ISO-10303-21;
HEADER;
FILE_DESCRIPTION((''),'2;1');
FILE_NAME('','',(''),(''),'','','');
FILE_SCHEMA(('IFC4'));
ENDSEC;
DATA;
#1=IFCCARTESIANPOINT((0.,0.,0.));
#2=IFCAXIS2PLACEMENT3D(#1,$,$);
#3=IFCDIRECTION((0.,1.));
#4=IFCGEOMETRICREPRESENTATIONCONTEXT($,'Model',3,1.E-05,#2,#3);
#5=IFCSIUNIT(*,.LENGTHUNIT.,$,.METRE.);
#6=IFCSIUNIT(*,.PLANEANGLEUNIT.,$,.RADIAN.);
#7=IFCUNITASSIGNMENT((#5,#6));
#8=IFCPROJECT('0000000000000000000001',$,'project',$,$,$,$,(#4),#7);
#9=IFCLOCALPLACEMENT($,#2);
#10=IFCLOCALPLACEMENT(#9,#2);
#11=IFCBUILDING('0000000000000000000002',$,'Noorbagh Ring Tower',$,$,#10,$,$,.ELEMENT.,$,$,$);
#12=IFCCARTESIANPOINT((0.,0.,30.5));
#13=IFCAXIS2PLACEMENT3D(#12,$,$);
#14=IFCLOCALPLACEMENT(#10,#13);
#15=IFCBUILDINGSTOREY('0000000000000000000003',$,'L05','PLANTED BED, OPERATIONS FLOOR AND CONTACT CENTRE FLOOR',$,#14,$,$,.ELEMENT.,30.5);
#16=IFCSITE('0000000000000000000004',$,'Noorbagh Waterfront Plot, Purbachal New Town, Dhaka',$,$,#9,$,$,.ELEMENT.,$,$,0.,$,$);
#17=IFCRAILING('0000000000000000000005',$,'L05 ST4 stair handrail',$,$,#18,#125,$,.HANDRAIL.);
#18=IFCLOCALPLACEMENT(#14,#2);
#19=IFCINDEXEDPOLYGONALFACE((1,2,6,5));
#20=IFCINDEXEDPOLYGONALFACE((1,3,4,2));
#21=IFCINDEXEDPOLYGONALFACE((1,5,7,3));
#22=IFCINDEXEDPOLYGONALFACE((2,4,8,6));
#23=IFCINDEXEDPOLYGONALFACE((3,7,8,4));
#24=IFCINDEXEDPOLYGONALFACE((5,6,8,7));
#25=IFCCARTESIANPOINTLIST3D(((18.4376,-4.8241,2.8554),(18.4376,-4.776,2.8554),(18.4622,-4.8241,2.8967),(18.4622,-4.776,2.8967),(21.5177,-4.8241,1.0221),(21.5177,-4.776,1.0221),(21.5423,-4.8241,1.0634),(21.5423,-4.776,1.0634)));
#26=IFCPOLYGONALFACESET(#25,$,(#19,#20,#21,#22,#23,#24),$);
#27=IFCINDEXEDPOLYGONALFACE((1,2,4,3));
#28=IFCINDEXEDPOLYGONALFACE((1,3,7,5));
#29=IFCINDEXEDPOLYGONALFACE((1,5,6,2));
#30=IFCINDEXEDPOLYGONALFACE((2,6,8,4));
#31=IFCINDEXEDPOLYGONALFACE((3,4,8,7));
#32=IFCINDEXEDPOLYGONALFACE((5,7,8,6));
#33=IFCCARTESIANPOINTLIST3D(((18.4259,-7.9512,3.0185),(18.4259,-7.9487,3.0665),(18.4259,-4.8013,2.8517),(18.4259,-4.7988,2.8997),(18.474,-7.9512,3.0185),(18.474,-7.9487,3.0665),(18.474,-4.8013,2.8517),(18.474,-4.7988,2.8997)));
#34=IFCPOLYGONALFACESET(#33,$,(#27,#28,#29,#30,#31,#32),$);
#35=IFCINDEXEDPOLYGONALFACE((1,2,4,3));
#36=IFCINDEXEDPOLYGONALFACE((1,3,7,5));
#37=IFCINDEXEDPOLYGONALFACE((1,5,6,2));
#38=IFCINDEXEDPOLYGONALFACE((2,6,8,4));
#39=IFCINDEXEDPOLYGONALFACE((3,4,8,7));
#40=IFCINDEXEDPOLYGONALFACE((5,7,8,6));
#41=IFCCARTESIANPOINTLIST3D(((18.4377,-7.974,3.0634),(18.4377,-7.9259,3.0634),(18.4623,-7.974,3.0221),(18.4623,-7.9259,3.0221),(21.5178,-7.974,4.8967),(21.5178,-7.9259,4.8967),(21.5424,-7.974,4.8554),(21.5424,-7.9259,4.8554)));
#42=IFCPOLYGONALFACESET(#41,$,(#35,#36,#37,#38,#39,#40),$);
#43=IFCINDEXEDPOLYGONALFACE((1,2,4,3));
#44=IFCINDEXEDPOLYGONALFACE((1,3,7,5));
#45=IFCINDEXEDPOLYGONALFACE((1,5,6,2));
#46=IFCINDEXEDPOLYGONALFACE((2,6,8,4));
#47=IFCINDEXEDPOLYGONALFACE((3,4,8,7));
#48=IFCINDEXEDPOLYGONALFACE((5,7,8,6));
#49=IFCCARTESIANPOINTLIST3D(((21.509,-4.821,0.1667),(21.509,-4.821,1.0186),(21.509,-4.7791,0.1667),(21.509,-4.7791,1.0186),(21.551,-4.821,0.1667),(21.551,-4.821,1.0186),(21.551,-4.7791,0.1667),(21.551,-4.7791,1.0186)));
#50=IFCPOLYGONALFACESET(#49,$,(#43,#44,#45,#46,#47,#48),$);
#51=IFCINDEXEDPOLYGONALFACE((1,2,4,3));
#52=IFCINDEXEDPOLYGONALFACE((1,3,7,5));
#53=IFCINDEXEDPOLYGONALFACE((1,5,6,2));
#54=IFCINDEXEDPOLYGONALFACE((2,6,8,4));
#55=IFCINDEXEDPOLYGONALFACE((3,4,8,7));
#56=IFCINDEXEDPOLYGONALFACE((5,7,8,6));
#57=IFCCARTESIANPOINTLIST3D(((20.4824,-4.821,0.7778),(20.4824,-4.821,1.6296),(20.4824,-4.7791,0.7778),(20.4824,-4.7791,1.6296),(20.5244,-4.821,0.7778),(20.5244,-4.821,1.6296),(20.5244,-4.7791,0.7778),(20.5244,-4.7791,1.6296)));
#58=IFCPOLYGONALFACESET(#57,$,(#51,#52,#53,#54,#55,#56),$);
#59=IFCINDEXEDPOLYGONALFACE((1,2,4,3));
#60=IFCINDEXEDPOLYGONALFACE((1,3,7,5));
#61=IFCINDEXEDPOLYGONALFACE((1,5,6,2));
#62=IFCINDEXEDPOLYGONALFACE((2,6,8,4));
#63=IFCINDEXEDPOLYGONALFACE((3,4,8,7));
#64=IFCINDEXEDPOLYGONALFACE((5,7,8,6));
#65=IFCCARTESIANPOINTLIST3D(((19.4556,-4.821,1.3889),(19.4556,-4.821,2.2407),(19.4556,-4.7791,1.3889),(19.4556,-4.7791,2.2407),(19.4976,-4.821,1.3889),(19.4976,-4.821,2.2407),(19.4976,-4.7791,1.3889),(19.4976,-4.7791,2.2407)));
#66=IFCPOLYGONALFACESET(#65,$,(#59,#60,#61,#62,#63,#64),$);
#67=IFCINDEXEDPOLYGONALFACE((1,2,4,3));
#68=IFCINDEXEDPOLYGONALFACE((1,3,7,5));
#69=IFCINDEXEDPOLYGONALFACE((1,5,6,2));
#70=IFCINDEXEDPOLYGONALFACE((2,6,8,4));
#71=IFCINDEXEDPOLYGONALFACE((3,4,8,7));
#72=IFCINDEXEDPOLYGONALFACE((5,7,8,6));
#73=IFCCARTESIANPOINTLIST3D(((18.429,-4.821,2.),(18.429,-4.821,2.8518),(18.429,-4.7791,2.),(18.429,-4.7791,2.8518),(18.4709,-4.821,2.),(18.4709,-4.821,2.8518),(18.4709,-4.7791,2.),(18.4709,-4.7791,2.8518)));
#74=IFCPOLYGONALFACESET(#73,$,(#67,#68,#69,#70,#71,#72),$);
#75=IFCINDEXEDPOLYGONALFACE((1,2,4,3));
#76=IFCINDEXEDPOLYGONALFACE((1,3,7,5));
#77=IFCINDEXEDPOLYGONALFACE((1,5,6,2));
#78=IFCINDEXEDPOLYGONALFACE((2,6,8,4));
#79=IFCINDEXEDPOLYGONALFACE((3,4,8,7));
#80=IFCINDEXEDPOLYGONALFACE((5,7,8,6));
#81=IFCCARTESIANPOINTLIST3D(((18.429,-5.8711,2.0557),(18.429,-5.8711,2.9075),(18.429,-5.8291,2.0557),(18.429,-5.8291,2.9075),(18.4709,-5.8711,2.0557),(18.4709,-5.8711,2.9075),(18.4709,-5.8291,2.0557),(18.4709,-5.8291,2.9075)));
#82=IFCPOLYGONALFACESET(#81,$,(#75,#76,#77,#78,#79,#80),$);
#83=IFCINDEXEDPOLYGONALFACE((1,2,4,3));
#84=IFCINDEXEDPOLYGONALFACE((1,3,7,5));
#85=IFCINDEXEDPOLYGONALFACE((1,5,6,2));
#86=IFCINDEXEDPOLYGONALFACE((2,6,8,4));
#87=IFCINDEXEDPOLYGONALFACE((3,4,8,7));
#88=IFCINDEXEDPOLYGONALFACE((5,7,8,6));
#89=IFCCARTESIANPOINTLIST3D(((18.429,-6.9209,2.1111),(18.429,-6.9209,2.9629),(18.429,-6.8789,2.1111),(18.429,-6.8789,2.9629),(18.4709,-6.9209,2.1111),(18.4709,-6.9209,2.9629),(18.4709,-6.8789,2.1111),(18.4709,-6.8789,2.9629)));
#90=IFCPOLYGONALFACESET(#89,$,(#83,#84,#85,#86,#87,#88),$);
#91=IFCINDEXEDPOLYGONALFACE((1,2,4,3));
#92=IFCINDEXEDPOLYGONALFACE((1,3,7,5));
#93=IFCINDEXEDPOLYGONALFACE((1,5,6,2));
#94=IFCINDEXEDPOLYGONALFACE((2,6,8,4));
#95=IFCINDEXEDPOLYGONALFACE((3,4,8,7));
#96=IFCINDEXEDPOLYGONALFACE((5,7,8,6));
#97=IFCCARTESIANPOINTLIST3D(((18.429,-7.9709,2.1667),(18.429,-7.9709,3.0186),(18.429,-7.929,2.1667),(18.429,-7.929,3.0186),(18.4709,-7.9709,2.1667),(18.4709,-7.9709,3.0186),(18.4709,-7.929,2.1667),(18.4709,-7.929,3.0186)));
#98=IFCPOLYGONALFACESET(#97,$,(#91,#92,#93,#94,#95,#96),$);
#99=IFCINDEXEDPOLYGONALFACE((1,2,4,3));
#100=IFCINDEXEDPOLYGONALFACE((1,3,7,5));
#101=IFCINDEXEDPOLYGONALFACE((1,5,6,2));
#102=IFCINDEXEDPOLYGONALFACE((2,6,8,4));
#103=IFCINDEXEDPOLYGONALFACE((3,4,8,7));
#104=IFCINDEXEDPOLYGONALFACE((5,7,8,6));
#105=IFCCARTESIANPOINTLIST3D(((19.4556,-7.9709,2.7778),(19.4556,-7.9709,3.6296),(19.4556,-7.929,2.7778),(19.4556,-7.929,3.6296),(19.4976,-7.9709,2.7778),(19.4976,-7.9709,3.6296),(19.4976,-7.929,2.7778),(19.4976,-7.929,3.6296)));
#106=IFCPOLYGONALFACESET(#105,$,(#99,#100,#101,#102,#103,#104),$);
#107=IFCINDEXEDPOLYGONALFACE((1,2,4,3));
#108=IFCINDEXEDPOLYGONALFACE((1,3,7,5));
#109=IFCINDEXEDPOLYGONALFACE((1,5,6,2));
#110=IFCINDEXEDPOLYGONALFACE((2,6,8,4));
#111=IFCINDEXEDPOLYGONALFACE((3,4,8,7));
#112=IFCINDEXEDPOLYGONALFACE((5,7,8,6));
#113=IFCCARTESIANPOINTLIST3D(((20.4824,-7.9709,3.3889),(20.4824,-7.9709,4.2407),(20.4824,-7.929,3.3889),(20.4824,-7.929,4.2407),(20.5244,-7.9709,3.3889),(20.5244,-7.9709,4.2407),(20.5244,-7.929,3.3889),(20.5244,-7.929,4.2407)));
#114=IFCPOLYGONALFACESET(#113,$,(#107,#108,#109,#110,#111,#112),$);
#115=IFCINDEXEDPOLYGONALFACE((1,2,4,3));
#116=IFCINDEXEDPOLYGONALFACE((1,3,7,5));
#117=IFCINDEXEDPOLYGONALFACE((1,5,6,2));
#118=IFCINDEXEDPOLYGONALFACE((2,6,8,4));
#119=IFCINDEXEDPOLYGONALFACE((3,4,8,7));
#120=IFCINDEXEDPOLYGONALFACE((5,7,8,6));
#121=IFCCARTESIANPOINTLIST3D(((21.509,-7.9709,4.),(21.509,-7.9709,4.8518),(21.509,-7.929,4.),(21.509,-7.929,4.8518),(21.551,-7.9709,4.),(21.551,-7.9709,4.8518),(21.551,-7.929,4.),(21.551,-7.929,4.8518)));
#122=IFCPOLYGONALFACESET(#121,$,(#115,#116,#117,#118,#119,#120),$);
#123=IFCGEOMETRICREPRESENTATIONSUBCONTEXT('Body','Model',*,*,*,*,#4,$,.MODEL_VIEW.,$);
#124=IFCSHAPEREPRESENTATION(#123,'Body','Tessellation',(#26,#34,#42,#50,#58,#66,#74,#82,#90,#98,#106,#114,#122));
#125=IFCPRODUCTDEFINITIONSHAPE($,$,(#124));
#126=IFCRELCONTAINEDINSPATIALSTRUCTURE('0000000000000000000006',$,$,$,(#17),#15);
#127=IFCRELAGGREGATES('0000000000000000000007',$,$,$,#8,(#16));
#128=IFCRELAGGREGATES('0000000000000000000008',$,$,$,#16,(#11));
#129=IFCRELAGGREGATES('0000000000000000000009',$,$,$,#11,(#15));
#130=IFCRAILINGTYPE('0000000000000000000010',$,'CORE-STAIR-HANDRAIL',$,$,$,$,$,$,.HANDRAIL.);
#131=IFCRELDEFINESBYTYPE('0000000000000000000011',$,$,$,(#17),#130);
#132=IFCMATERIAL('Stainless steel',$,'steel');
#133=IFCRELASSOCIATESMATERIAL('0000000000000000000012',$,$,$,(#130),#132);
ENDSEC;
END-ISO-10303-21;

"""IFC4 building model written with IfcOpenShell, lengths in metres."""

from ifc_helpers import new_model, si_unit, direction, frame, origin, origin_2d, place, context, subcontext, project, spatial, rectangle, extrude, material, type_object, element, save


model = new_model("IFC4")

# Units and contexts
model_context = context("Model", 3, precision=1e-05, world=origin(), true_north=direction((0.0, 1.0)))
body_context = subcontext(model_context, "Body", "Model", "MODEL_VIEW")
ifc_project = project(units=[si_unit("LENGTHUNIT", "METRE"), si_unit("PLANEANGLEUNIT", "RADIAN")], contexts=[model_context])

# Site, building, storey
site_placement = place(None, origin())
site = spatial("IfcSite", under=ifc_project, at=site_placement, Name="Noorbagh Waterfront Plot, Purbachal New Town, Dhaka", CompositionType="ELEMENT", RefElevation=0.0)
building_placement = place(site_placement, origin())
building = spatial("IfcBuilding", under=site, at=building_placement, Name="Noorbagh Ring Tower", CompositionType="ELEMENT")
storey_placement = place(building_placement, frame((0.0, 0.0, 30.5)))
storey = spatial("IfcBuildingStorey", under=building, at=storey_placement, Name="L05", Description="PLANTED BED, OPERATIONS FLOOR AND CONTACT CENTRE FLOOR", CompositionType="ELEMENT", Elevation=30.5)

# Railing
ifc_material_1 = material(Name="Stainless steel", Category="steel")
railing_type_1 = type_object("IfcRailingType", Name="CORE-STAIR-HANDRAIL", PredefinedType="HANDRAIL", material=ifc_material_1)
railing_1_placement = place(storey_placement, frame((21.53, -4.8, 0.1667)))
element("IfcRailing", 1, at=railing_1_placement, inside=storey, type_object=railing_type_1, Name="L05 ST4 stair handrail", PredefinedType="HANDRAIL", context=body_context, shape_type="SweptSolid", body=[
    extrude(rectangle(XDim=0.0481, YDim=0.0481, at=origin_2d()), frame((0.0, 0.0, 0.876), z_axis=(-0.859309, 0.0, 0.511458), x_axis=(0.0, -1.0, 0.0)), (0.0, 0.0, 1.0), 3.5845),
    extrude(rectangle(XDim=0.0481, YDim=0.0481, at=origin_2d()), frame((-3.0801, 0.0, 2.709), z_axis=(0.0, -0.998602, 0.052864), x_axis=(1.0, 0.0, 0.0)), (0.0, 0.0, 1.0), 3.1543),
    extrude(rectangle(XDim=0.0481, YDim=0.0481, at=origin_2d()), frame((-3.0801, -3.1499, 2.876), z_axis=(0.859309, 0.0, 0.511458), x_axis=(0.0, 1.0, 0.0)), (0.0, 0.0, 1.0), 3.5845),
    extrude(rectangle(XDim=0.042, YDim=0.042, at=origin_2d()), origin(), (0.0, 0.0, 1.0), 0.8518),
    extrude(rectangle(XDim=0.042, YDim=0.042, at=origin_2d()), frame((-1.0266, 0.0, 0.6111)), (0.0, 0.0, 1.0), 0.8518),
    extrude(rectangle(XDim=0.042, YDim=0.042, at=origin_2d()), frame((-2.0535, 0.0, 1.2222)), (0.0, 0.0, 1.0), 0.8518),
    extrude(rectangle(XDim=0.042, YDim=0.042, at=origin_2d()), frame((-3.0801, 0.0, 1.8333)), (0.0, 0.0, 1.0), 0.8518),
    extrude(rectangle(XDim=0.042, YDim=0.042, at=origin_2d()), frame((-3.0801, -1.05, 1.8889)), (0.0, 0.0, 1.0), 0.8518),
    extrude(rectangle(XDim=0.042, YDim=0.042, at=origin_2d()), frame((-3.0801, -2.0999, 1.9443)), (0.0, 0.0, 1.0), 0.8518),
    extrude(rectangle(XDim=0.042, YDim=0.042, at=origin_2d()), frame((-3.0801, -3.1499, 2.0)), (0.0, 0.0, 1.0), 0.8518),
    extrude(rectangle(XDim=0.042, YDim=0.042, at=origin_2d()), frame((-2.0535, -3.1499, 2.6111)), (0.0, 0.0, 1.0), 0.8518),
    extrude(rectangle(XDim=0.042, YDim=0.042, at=origin_2d()), frame((-1.0266, -3.1499, 3.2222)), (0.0, 0.0, 1.0), 0.8518),
    extrude(rectangle(XDim=0.042, YDim=0.042, at=origin_2d()), frame((0.0, -3.1499, 3.8333)), (0.0, 0.0, 1.0), 0.8518),
])

save(model, "model.ifc")
